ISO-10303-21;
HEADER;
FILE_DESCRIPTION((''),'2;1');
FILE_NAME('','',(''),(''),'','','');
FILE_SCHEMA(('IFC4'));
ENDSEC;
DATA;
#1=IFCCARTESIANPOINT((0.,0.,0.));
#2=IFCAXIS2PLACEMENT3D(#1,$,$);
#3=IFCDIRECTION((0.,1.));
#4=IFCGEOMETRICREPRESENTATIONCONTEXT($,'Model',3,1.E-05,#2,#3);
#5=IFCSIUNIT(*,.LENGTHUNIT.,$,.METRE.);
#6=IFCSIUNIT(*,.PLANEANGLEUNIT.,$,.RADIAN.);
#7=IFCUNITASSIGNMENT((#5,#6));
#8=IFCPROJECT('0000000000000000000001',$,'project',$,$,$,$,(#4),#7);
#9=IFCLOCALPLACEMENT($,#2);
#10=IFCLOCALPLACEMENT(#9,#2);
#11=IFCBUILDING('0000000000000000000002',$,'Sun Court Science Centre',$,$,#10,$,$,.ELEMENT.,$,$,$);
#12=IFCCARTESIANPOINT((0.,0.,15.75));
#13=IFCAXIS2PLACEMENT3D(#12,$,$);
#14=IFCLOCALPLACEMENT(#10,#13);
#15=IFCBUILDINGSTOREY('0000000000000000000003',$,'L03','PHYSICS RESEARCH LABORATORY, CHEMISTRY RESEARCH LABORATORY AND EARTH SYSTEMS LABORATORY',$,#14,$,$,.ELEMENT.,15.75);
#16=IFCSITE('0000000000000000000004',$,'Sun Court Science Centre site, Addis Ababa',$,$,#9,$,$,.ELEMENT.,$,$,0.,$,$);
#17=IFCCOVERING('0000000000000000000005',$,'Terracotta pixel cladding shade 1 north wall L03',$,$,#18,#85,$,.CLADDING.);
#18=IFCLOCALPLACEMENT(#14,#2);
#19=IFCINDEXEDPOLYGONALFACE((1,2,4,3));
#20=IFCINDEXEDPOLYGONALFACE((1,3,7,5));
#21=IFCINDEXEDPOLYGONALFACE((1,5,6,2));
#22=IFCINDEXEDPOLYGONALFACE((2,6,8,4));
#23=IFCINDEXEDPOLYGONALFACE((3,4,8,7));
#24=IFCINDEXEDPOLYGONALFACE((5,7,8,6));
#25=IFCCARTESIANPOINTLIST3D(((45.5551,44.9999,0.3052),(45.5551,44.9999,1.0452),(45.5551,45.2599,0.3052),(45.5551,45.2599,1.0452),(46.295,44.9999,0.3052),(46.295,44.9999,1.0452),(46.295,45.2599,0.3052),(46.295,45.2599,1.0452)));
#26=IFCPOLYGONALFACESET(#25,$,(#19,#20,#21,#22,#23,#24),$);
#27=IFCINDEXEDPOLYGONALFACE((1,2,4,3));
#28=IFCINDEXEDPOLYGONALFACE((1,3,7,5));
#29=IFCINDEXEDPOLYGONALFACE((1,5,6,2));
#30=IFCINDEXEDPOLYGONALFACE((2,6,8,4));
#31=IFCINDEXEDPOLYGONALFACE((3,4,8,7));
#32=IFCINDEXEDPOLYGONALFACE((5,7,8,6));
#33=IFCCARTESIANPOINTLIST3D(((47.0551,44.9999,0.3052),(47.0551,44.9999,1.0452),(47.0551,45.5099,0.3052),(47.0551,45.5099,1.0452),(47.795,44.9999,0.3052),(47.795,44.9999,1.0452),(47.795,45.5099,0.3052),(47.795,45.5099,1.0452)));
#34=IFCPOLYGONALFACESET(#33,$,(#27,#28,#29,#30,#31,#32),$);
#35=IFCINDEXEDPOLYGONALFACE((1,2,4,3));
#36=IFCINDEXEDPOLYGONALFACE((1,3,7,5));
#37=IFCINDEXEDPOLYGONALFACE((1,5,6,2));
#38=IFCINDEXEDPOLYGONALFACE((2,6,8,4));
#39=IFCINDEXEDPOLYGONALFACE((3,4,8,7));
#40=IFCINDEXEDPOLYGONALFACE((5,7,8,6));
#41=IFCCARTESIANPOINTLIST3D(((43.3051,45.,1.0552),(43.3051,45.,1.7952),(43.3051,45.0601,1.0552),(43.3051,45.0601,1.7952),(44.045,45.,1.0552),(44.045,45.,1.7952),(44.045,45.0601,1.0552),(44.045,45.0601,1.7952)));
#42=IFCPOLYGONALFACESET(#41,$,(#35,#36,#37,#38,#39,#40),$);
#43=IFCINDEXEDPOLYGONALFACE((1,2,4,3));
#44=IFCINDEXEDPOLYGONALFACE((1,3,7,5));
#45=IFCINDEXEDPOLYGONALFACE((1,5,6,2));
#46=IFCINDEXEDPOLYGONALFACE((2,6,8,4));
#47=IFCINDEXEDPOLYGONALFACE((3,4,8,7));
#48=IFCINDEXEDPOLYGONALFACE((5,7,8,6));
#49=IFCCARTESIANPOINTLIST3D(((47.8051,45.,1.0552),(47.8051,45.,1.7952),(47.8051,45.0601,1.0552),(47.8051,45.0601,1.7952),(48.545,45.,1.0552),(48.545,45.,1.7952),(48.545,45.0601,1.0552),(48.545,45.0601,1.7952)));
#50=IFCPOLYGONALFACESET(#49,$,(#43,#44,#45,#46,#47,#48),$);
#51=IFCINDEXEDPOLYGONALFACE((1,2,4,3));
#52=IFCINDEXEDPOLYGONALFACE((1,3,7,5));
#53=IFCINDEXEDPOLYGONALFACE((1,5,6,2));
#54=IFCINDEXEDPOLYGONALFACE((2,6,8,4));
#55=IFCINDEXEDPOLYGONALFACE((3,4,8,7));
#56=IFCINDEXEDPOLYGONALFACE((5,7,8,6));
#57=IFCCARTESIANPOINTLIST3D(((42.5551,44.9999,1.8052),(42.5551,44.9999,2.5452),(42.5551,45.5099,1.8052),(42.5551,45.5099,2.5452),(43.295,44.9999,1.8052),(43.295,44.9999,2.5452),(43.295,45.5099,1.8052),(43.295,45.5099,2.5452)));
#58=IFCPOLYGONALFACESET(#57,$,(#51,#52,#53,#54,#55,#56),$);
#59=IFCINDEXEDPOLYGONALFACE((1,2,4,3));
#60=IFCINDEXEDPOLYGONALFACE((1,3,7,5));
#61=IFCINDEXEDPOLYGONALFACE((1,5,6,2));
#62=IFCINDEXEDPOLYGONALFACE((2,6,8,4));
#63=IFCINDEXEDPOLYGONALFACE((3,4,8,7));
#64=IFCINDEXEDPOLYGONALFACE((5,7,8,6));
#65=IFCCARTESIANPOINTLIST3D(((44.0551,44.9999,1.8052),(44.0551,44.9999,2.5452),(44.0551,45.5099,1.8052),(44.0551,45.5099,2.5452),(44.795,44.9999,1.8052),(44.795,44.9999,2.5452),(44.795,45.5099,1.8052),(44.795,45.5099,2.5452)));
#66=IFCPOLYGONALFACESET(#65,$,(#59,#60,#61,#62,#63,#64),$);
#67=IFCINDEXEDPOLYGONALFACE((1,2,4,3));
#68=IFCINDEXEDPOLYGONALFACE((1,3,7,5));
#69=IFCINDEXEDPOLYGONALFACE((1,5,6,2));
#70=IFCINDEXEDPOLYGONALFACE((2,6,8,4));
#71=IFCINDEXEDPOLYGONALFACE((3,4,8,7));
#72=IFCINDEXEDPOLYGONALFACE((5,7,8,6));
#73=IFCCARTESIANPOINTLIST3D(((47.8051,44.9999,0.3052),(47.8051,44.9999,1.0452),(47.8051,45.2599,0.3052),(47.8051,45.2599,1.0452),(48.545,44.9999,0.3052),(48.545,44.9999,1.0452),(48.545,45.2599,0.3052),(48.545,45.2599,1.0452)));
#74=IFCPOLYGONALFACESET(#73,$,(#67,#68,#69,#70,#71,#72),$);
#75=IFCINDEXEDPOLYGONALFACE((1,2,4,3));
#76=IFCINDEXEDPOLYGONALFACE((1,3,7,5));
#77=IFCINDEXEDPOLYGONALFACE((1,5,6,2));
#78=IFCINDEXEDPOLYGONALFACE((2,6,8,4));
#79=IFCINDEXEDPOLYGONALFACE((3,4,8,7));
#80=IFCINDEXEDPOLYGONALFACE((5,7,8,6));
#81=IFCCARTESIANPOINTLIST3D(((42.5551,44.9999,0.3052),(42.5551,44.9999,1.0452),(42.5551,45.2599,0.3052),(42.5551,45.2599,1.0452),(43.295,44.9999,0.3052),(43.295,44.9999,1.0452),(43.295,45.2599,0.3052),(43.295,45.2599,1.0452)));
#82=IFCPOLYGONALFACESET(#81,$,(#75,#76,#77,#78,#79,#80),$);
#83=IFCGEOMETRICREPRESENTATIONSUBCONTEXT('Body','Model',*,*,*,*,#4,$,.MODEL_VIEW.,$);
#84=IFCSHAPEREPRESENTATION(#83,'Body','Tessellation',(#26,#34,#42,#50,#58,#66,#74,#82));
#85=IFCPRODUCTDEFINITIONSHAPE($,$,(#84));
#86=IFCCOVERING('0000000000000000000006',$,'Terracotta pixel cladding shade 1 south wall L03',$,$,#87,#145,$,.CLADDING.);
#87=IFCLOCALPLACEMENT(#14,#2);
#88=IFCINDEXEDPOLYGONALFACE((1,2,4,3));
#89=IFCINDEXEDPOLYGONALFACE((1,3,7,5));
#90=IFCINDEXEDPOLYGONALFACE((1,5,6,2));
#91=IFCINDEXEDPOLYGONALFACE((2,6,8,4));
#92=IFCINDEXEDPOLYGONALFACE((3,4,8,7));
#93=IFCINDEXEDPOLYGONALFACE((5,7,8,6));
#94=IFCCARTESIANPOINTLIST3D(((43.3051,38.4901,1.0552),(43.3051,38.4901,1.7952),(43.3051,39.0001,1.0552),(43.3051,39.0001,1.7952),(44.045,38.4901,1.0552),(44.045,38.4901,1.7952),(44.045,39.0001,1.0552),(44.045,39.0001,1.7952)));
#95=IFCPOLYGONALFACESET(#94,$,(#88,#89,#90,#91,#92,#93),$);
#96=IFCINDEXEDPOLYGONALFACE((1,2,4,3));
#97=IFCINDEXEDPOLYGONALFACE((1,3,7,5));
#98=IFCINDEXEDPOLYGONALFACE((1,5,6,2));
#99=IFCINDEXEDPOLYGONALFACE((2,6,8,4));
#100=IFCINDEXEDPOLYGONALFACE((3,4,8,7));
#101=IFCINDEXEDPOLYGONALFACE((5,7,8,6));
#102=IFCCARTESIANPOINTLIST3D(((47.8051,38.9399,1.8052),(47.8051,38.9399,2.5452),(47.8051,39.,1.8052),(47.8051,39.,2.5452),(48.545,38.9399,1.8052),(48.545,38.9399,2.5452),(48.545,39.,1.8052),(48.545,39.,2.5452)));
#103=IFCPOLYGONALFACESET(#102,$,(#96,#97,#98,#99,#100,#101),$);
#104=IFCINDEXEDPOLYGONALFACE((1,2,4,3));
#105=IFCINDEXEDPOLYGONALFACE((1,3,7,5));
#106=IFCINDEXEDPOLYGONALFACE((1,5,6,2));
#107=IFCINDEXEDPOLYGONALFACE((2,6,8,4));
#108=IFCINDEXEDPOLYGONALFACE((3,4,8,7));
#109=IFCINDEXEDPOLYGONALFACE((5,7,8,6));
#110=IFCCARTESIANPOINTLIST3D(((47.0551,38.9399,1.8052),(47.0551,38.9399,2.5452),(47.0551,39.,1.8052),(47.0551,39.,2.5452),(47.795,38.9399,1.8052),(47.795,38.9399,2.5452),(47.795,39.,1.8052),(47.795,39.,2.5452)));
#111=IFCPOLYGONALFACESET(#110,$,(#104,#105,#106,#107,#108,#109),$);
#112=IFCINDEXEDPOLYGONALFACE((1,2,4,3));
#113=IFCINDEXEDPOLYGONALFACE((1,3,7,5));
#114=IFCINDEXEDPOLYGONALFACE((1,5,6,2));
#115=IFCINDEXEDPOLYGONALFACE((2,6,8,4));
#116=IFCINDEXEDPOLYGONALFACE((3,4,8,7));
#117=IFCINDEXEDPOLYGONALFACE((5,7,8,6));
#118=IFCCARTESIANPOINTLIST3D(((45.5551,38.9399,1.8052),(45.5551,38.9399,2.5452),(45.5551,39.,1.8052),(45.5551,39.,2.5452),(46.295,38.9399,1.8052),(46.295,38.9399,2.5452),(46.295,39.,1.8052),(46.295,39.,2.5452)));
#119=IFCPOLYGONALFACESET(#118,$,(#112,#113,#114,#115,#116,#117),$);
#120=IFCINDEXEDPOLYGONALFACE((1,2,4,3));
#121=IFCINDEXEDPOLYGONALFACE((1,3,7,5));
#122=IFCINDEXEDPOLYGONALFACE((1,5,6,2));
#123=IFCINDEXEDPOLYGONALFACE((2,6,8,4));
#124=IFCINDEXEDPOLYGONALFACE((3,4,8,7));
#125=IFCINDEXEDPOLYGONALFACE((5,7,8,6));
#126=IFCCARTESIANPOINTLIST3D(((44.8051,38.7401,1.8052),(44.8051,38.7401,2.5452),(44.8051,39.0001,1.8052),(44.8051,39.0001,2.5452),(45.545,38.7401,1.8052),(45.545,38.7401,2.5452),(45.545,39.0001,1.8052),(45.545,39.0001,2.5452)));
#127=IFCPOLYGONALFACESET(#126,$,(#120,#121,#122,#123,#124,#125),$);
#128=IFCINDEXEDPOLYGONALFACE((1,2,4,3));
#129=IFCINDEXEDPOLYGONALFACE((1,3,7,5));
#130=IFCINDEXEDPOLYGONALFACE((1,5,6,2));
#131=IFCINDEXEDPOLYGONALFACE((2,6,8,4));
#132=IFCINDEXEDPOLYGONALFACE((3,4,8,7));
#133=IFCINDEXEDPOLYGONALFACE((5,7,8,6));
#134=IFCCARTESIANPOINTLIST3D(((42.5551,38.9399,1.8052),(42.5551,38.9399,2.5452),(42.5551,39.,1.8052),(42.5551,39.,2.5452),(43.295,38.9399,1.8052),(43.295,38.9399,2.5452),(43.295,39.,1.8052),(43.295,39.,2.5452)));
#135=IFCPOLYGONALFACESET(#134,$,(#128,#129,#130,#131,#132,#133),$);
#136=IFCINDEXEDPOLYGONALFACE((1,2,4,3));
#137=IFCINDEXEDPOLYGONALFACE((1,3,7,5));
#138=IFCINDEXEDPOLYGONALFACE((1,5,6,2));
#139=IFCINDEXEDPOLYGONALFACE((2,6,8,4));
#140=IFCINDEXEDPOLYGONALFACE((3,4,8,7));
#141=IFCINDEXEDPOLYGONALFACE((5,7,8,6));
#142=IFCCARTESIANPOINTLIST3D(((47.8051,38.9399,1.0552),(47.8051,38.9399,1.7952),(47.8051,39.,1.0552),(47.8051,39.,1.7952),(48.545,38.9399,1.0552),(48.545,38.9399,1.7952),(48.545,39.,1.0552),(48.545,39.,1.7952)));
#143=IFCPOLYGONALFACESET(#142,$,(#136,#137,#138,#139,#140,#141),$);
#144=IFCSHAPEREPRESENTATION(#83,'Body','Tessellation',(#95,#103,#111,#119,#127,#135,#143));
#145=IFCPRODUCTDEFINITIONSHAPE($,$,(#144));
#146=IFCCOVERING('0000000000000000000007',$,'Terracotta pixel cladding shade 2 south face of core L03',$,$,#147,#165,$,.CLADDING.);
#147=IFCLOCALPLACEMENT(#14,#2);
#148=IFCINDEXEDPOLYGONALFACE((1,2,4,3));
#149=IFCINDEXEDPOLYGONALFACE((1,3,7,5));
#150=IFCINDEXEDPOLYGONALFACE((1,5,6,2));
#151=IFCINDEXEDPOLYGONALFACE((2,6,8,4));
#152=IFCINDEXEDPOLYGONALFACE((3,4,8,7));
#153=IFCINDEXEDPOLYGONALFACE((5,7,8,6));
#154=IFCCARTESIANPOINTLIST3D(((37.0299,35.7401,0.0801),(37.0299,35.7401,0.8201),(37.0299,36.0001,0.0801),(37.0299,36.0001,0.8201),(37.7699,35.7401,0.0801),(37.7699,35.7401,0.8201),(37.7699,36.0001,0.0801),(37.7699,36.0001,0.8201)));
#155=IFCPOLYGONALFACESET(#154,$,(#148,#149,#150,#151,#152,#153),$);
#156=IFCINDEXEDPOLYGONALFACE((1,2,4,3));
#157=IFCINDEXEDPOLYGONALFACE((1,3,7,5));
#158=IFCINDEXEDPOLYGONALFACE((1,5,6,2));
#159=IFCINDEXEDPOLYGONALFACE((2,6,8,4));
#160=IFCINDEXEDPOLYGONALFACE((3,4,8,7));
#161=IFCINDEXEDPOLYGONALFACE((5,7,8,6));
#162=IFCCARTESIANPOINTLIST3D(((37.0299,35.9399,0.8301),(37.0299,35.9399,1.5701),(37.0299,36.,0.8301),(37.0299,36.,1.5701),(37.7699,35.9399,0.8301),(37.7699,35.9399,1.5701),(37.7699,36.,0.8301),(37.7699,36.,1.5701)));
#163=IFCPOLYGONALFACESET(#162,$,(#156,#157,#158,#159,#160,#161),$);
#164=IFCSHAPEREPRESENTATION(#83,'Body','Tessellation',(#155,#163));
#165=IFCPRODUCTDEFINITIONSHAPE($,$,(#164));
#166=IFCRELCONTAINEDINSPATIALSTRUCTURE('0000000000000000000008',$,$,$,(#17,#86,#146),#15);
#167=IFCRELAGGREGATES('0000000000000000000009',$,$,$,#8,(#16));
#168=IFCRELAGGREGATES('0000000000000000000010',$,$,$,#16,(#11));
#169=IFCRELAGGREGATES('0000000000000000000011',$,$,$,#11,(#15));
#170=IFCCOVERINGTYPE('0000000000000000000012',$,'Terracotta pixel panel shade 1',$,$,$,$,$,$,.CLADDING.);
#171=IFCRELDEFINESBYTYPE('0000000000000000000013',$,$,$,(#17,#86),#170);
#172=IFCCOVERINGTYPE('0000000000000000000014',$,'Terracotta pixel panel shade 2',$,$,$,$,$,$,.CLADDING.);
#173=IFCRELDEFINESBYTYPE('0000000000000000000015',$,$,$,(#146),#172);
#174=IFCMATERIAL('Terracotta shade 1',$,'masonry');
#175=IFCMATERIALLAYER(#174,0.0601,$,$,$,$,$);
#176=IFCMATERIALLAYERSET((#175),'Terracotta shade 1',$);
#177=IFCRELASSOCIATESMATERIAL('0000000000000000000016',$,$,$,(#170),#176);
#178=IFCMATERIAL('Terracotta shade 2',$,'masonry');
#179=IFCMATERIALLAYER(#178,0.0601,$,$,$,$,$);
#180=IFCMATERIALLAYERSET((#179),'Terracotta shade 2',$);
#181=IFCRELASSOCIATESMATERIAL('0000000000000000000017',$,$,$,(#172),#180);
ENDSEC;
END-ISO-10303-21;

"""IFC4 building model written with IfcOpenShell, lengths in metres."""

from ifc_helpers import new_model, si_unit, direction, frame, origin, origin_2d, place, context, subcontext, project, spatial, rectangle, extrude, material, layer, layer_set, type_object, element, save


model = new_model("IFC4")

# Units and contexts
model_context = context("Model", 3, precision=1e-05, world=origin(), true_north=direction((0.0, 1.0)))
body_context = subcontext(model_context, "Body", "Model", "MODEL_VIEW")
ifc_project = project(units=[si_unit("LENGTHUNIT", "METRE"), si_unit("PLANEANGLEUNIT", "RADIAN")], contexts=[model_context])

# Site, building, storey
site_placement = place(None, origin())
site = spatial("IfcSite", under=ifc_project, at=site_placement, Name="Sun Court Science Centre site, Addis Ababa", CompositionType="ELEMENT", RefElevation=0.0)
building_placement = place(site_placement, origin())
building = spatial("IfcBuilding", under=site, at=building_placement, Name="Sun Court Science Centre", CompositionType="ELEMENT")
storey_placement = place(building_placement, frame((0.0, 0.0, 15.75)))
storey = spatial("IfcBuildingStorey", under=building, at=storey_placement, Name="L03", Description="PHYSICS RESEARCH LABORATORY, CHEMISTRY RESEARCH LABORATORY AND EARTH SYSTEMS LABORATORY", CompositionType="ELEMENT", Elevation=15.75)

# Coverings
ifc_material_1 = material(Name="Terracotta shade 1", Category="masonry")
ifc_layer_1 = layer(ifc_material_1, 0.0601)
ifc_layer_set_1 = layer_set([ifc_layer_1], Name="Terracotta shade 1")
covering_type_1 = type_object("IfcCoveringType", Name="Terracotta pixel panel shade 1", PredefinedType="CLADDING", material=ifc_layer_set_1)
covering_1_placement = place(storey_placement, frame((0.0, 0.0, -15.75)))
element("IfcCovering", 1, at=covering_1_placement, inside=storey, type_object=covering_type_1, Name="Terracotta pixel cladding shade 1 north wall L03", PredefinedType="CLADDING", context=body_context, shape_type="SweptSolid", body=[
    extrude(rectangle(XDim=0.74, YDim=0.26, at=origin_2d()), frame((45.925, 45.1299, 16.0552), z_axis=(0.0, 0.0, 1.0), x_axis=(1.0, 0.0, 0.0)), (0.0, 0.0, 1.0), 0.74),
    extrude(rectangle(XDim=0.74, YDim=0.51, at=origin_2d()), frame((47.425, 45.2549, 16.0552), z_axis=(0.0, 0.0, 1.0), x_axis=(1.0, 0.0, 0.0)), (0.0, 0.0, 1.0), 0.74),
    extrude(rectangle(XDim=0.74, YDim=0.0601, at=origin_2d()), frame((43.675, 45.03, 16.8052), z_axis=(0.0, 0.0, 1.0), x_axis=(1.0, 0.0, 0.0)), (0.0, 0.0, 1.0), 0.74),
    extrude(rectangle(XDim=0.74, YDim=0.0601, at=origin_2d()), frame((48.175, 45.03, 16.8052), z_axis=(0.0, 0.0, 1.0), x_axis=(1.0, 0.0, 0.0)), (0.0, 0.0, 1.0), 0.74),
    extrude(rectangle(XDim=0.74, YDim=0.51, at=origin_2d()), frame((42.925, 45.2549, 17.5552), z_axis=(0.0, 0.0, 1.0), x_axis=(1.0, 0.0, 0.0)), (0.0, 0.0, 1.0), 0.74),
    extrude(rectangle(XDim=0.74, YDim=0.51, at=origin_2d()), frame((44.425, 45.2549, 17.5552), z_axis=(0.0, 0.0, 1.0), x_axis=(1.0, 0.0, 0.0)), (0.0, 0.0, 1.0), 0.74),
    extrude(rectangle(XDim=0.74, YDim=0.26, at=origin_2d()), frame((48.175, 45.1299, 16.0552), z_axis=(0.0, 0.0, 1.0), x_axis=(1.0, 0.0, 0.0)), (0.0, 0.0, 1.0), 0.74),
    extrude(rectangle(XDim=0.74, YDim=0.26, at=origin_2d()), frame((42.925, 45.1299, 16.0552), z_axis=(0.0, 0.0, 1.0), x_axis=(1.0, 0.0, 0.0)), (0.0, 0.0, 1.0), 0.74),
])
covering_2_placement = place(storey_placement, frame((0.0, 0.0, -15.75)))
element("IfcCovering", 2, at=covering_2_placement, inside=storey, type_object=covering_type_1, Name="Terracotta pixel cladding shade 1 south wall L03", PredefinedType="CLADDING", context=body_context, shape_type="SweptSolid", body=[
    extrude(rectangle(XDim=0.74, YDim=0.51, at=origin_2d()), frame((43.675, 38.7451, 16.8052), z_axis=(0.0, 0.0, 1.0), x_axis=(-1.0, 0.0, 0.0)), (0.0, 0.0, 1.0), 0.74),
    extrude(rectangle(XDim=0.74, YDim=0.0601, at=origin_2d()), frame((48.175, 38.97, 17.5552), z_axis=(0.0, 0.0, 1.0), x_axis=(-1.0, 0.0, 0.0)), (0.0, 0.0, 1.0), 0.74),
    extrude(rectangle(XDim=0.74, YDim=0.0601, at=origin_2d()), frame((47.425, 38.97, 17.5552), z_axis=(0.0, 0.0, 1.0), x_axis=(-1.0, 0.0, 0.0)), (0.0, 0.0, 1.0), 0.74),
    extrude(rectangle(XDim=0.74, YDim=0.0601, at=origin_2d()), frame((45.925, 38.97, 17.5552), z_axis=(0.0, 0.0, 1.0), x_axis=(-1.0, 0.0, 0.0)), (0.0, 0.0, 1.0), 0.74),
    extrude(rectangle(XDim=0.74, YDim=0.26, at=origin_2d()), frame((45.175, 38.8701, 17.5552), z_axis=(0.0, 0.0, 1.0), x_axis=(-1.0, 0.0, 0.0)), (0.0, 0.0, 1.0), 0.74),
    extrude(rectangle(XDim=0.74, YDim=0.0601, at=origin_2d()), frame((42.925, 38.97, 17.5552), z_axis=(0.0, 0.0, 1.0), x_axis=(-1.0, 0.0, 0.0)), (0.0, 0.0, 1.0), 0.74),
    extrude(rectangle(XDim=0.74, YDim=0.0601, at=origin_2d()), frame((48.175, 38.97, 16.8052), z_axis=(0.0, 0.0, 1.0), x_axis=(-1.0, 0.0, 0.0)), (0.0, 0.0, 1.0), 0.74),
])
ifc_material_2 = material(Name="Terracotta shade 2", Category="masonry")
ifc_layer_2 = layer(ifc_material_2, 0.0601)
ifc_layer_set_2 = layer_set([ifc_layer_2], Name="Terracotta shade 2")
covering_type_2 = type_object("IfcCoveringType", Name="Terracotta pixel panel shade 2", PredefinedType="CLADDING", material=ifc_layer_set_2)
covering_3_placement = place(storey_placement, frame((0.0, 0.0, -15.75)))
element("IfcCovering", 3, at=covering_3_placement, inside=storey, type_object=covering_type_2, Name="Terracotta pixel cladding shade 2 south face of core L03", PredefinedType="CLADDING", context=body_context, shape_type="SweptSolid", body=[
    extrude(rectangle(XDim=0.74, YDim=0.26, at=origin_2d()), frame((37.3999, 35.8701, 15.8301), z_axis=(0.0, 0.0, 1.0), x_axis=(-1.0, 0.0, 0.0)), (0.0, 0.0, 1.0), 0.74),
    extrude(rectangle(XDim=0.74, YDim=0.0601, at=origin_2d()), frame((37.3999, 35.97, 16.5801), z_axis=(0.0, 0.0, 1.0), x_axis=(-1.0, 0.0, 0.0)), (0.0, 0.0, 1.0), 0.74),
])

save(model, "model.ifc")
